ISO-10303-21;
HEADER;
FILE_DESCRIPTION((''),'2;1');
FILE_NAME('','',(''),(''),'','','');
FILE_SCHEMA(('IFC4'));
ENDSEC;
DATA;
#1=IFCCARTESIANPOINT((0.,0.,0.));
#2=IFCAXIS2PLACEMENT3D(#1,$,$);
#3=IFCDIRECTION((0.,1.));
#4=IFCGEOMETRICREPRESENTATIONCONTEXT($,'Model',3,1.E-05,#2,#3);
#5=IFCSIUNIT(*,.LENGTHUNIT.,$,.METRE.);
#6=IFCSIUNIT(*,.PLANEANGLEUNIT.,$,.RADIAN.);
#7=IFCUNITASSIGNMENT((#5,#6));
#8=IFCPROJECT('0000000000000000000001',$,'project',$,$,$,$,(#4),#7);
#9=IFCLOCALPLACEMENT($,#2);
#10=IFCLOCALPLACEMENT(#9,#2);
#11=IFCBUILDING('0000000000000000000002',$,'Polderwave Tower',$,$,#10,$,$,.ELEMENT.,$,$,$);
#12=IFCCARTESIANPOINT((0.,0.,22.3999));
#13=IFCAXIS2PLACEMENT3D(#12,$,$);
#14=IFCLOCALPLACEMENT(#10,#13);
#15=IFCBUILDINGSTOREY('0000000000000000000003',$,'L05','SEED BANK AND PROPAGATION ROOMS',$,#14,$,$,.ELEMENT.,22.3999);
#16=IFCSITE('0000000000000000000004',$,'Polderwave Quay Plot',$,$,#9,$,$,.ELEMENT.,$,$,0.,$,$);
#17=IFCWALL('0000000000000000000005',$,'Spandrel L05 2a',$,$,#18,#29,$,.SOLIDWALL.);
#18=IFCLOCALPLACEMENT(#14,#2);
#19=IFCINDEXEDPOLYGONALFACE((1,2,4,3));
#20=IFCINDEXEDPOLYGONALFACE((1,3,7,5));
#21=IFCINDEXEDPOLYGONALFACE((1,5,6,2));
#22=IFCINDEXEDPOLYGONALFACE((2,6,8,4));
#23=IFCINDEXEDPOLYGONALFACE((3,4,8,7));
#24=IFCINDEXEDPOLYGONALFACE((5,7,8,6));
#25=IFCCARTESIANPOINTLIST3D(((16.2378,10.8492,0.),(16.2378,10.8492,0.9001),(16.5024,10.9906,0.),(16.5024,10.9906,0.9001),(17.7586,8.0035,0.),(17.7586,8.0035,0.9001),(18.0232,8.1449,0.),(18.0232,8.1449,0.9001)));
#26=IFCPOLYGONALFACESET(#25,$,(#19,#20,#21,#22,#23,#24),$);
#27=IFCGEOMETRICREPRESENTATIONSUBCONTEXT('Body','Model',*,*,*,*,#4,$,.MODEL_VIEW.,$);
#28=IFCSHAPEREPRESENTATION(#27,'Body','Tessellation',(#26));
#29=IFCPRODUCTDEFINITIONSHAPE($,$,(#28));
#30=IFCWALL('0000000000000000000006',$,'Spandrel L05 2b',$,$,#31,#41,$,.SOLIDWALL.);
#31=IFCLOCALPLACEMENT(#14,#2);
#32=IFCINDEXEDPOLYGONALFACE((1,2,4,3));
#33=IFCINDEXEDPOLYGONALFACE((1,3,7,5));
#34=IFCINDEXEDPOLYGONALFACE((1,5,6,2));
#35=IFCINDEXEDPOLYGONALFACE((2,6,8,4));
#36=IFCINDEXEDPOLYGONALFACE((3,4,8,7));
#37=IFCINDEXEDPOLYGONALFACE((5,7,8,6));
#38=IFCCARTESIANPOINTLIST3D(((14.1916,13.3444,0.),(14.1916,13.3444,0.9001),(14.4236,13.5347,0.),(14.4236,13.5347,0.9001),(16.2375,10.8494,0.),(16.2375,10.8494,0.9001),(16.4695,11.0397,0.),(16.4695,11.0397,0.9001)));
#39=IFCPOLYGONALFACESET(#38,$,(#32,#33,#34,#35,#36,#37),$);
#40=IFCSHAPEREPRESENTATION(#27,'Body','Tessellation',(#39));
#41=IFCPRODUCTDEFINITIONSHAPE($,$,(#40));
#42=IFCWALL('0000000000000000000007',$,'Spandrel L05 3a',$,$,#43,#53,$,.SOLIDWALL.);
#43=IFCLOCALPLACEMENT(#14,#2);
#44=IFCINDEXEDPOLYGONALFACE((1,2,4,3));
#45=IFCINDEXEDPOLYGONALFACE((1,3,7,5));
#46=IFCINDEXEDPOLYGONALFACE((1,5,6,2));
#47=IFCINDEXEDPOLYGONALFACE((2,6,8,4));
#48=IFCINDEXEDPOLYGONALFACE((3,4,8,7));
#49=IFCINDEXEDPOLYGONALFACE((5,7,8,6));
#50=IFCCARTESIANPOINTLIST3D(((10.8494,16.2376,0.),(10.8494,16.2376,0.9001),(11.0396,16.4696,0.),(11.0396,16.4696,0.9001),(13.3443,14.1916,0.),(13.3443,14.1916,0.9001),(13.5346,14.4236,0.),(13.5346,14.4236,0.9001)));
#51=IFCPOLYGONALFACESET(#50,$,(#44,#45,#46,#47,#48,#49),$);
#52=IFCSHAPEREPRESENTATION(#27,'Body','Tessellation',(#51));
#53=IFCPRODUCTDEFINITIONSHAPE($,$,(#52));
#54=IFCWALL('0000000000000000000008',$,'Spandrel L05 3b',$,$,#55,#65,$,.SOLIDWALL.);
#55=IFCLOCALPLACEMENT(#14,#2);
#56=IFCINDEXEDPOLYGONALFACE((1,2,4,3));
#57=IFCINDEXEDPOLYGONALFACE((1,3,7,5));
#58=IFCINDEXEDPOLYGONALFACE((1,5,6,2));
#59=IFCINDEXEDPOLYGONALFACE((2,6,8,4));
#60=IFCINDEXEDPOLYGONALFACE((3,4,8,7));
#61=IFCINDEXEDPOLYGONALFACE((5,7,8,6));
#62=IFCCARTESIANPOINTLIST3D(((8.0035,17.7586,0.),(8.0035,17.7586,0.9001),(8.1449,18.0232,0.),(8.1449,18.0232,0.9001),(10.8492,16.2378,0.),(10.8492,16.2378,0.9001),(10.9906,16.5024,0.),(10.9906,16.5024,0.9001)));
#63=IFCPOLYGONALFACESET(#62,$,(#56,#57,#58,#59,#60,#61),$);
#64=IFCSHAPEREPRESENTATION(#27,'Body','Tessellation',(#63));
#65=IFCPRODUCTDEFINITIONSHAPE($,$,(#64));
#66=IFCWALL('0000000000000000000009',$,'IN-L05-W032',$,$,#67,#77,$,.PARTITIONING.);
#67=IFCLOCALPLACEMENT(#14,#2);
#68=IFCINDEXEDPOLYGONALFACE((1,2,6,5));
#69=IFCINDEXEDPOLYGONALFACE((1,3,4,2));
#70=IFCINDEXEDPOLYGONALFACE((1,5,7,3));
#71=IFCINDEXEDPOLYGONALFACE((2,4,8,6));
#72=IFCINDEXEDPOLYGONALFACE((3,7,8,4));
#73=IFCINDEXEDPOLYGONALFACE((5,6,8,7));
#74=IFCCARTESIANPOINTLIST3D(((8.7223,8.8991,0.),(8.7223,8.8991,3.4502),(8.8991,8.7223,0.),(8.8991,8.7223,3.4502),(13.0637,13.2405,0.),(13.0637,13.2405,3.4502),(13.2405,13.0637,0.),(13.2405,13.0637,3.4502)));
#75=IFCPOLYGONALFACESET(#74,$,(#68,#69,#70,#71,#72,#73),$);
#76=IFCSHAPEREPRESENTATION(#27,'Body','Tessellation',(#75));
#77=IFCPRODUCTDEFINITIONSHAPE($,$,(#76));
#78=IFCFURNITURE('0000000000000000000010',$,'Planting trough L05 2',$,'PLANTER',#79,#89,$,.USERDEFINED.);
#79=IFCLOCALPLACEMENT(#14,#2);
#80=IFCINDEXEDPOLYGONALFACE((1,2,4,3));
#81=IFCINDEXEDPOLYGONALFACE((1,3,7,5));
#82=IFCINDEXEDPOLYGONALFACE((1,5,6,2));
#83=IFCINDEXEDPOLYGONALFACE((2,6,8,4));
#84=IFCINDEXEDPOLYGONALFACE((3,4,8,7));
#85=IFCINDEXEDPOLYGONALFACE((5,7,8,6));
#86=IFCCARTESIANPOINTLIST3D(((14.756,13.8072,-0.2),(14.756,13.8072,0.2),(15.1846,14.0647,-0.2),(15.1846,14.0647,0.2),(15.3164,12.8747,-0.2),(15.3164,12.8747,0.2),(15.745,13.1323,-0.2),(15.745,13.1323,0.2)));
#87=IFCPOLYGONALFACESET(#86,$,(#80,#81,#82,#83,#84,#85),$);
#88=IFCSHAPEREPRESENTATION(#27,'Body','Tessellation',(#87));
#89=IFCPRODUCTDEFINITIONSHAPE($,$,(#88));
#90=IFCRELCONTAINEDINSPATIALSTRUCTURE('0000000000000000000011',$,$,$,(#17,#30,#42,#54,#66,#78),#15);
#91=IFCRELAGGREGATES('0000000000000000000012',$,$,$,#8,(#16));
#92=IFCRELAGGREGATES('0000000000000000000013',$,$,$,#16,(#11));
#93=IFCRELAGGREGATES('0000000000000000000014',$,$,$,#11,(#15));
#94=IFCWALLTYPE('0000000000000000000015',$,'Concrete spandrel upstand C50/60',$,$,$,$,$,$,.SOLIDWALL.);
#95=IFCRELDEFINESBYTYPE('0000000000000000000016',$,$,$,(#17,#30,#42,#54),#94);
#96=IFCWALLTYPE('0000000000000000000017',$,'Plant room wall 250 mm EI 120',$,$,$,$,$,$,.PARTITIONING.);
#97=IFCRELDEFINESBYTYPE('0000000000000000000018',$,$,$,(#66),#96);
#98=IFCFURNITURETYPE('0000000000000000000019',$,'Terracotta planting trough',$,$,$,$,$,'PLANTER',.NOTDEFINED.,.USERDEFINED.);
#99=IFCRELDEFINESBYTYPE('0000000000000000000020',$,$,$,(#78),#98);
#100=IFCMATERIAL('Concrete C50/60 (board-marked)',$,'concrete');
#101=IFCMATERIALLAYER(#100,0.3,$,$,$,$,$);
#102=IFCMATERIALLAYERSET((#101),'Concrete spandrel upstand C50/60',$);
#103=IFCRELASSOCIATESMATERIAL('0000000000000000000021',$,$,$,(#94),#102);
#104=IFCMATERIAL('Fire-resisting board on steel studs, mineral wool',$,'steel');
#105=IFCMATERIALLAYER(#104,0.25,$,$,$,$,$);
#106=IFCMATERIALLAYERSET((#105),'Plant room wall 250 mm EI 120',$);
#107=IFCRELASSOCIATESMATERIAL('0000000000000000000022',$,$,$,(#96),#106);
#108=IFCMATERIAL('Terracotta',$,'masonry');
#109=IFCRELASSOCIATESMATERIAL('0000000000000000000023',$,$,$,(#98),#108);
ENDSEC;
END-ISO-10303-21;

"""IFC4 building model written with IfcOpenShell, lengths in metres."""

from ifc_helpers import new_model, si_unit, direction, frame, frame_2d, origin, origin_2d, place, context, subcontext, project, spatial, rectangle, extrude, material, layer, layer_set, type_object, element, save


model = new_model("IFC4")

# Units and contexts
model_context = context("Model", 3, precision=1e-05, world=origin(), true_north=direction((0.0, 1.0)))
body_context = subcontext(model_context, "Body", "Model", "MODEL_VIEW")
ifc_project = project(units=[si_unit("LENGTHUNIT", "METRE"), si_unit("PLANEANGLEUNIT", "RADIAN")], contexts=[model_context])

# Site, building, storey
site_placement = place(None, origin())
site = spatial("IfcSite", under=ifc_project, at=site_placement, Name="Polderwave Quay Plot", CompositionType="ELEMENT", RefElevation=0.0)
building_placement = place(site_placement, origin())
building = spatial("IfcBuilding", under=site, at=building_placement, Name="Polderwave Tower", CompositionType="ELEMENT")
storey_placement = place(building_placement, frame((0.0, 0.0, 22.3999)))
storey = spatial("IfcBuildingStorey", under=building, at=storey_placement, Name="L05", Description="SEED BANK AND PROPAGATION ROOMS", CompositionType="ELEMENT", Elevation=22.3999)

# Walls
ifc_material_1 = material(Name="Concrete C50/60 (board-marked)", Category="concrete")
ifc_layer_1 = layer(ifc_material_1, 0.3)
ifc_layer_set_1 = layer_set([ifc_layer_1], Name="Concrete spandrel upstand C50/60")
wall_type_1 = type_object("IfcWallType", Name="Concrete spandrel upstand C50/60", PredefinedType="SOLIDWALL", material=ifc_layer_set_1)
for number, where, z_axis, x_axis, name in (
    (1, (17.8909, 8.0742, 0.0), (0.0, 0.0, 1.0), (-0.471322, 0.881961, 0.0), "Spandrel L05 2a"),
    (2, (16.3535, 10.9446, 0.0), (0.0, 0.0, 1.0), (-0.634099, 0.773252, 0.0), "Spandrel L05 2b"),
    (3, (13.4395, 14.3076, 0.0), (0.0, 0.0, 1.0), (-0.773252, 0.634099, 0.0), "Spandrel L05 3a"),
    (4, (10.9199, 16.3701, 0.0), (0.0, 0.0, 1.0), (-0.881961, 0.471322, 0.0), "Spandrel L05 3b"),
):
    element("IfcWall", number, at=place(storey_placement, frame(where, z_axis=z_axis, x_axis=x_axis)), inside=storey, type_object=wall_type_1, Name=name, PredefinedType="SOLIDWALL", context=body_context, shape_type="SweptSolid", body=[
        extrude(rectangle(XDim=3.2266, YDim=0.3, at=frame_2d((1.6133, 0.0))), origin(), (0.0, 0.0, 1.0), 0.9001),
    ])
ifc_material_2 = material(Name="Fire-resisting board on steel studs, mineral wool", Category="steel")
ifc_layer_2 = layer(ifc_material_2, 0.25)
ifc_layer_set_2 = layer_set([ifc_layer_2], Name="Plant room wall 250 mm EI 120")
wall_type_2 = type_object("IfcWallType", Name="Plant room wall 250 mm EI 120", PredefinedType="PARTITIONING", material=ifc_layer_set_2)
wall_placement = place(storey_placement, frame((13.1521, 13.1521, 0.0), z_axis=(0.0, 0.0, 1.0), x_axis=(-0.707107, -0.707107, 0.0)))
element("IfcWall", 5, at=wall_placement, inside=storey, type_object=wall_type_2, Name="IN-L05-W032", PredefinedType="PARTITIONING", context=body_context, shape_type="SweptSolid", body=[
    extrude(rectangle(XDim=6.1396, YDim=0.25, at=frame_2d((3.0698, 0.0))), origin(), (0.0, 0.0, 1.0), 3.4502),
])

# Furniture
ifc_material_3 = material(Name="Terracotta", Category="masonry")
furniture_type = type_object("IfcFurnitureType", Name="Terracotta planting trough", ElementType="PLANTER", AssemblyPlace="NOTDEFINED", PredefinedType="USERDEFINED", material=ifc_material_3)
furniture_placement = place(storey_placement, frame((15.2505, 13.4697, -0.2), z_axis=(0.0, 0.0, 1.0), x_axis=(-0.515099, 0.85713, 0.0)))
element("IfcFurniture", 6, at=furniture_placement, inside=storey, type_object=furniture_type, Name="Planting trough L05 2", ObjectType="PLANTER", PredefinedType="USERDEFINED", context=body_context, shape_type="SweptSolid", body=[
    extrude(rectangle(XDim=1.0879, YDim=0.5, at=origin_2d()), origin(), (0.0, 0.0, 1.0), 0.3999),
])

save(model, "model.ifc")
